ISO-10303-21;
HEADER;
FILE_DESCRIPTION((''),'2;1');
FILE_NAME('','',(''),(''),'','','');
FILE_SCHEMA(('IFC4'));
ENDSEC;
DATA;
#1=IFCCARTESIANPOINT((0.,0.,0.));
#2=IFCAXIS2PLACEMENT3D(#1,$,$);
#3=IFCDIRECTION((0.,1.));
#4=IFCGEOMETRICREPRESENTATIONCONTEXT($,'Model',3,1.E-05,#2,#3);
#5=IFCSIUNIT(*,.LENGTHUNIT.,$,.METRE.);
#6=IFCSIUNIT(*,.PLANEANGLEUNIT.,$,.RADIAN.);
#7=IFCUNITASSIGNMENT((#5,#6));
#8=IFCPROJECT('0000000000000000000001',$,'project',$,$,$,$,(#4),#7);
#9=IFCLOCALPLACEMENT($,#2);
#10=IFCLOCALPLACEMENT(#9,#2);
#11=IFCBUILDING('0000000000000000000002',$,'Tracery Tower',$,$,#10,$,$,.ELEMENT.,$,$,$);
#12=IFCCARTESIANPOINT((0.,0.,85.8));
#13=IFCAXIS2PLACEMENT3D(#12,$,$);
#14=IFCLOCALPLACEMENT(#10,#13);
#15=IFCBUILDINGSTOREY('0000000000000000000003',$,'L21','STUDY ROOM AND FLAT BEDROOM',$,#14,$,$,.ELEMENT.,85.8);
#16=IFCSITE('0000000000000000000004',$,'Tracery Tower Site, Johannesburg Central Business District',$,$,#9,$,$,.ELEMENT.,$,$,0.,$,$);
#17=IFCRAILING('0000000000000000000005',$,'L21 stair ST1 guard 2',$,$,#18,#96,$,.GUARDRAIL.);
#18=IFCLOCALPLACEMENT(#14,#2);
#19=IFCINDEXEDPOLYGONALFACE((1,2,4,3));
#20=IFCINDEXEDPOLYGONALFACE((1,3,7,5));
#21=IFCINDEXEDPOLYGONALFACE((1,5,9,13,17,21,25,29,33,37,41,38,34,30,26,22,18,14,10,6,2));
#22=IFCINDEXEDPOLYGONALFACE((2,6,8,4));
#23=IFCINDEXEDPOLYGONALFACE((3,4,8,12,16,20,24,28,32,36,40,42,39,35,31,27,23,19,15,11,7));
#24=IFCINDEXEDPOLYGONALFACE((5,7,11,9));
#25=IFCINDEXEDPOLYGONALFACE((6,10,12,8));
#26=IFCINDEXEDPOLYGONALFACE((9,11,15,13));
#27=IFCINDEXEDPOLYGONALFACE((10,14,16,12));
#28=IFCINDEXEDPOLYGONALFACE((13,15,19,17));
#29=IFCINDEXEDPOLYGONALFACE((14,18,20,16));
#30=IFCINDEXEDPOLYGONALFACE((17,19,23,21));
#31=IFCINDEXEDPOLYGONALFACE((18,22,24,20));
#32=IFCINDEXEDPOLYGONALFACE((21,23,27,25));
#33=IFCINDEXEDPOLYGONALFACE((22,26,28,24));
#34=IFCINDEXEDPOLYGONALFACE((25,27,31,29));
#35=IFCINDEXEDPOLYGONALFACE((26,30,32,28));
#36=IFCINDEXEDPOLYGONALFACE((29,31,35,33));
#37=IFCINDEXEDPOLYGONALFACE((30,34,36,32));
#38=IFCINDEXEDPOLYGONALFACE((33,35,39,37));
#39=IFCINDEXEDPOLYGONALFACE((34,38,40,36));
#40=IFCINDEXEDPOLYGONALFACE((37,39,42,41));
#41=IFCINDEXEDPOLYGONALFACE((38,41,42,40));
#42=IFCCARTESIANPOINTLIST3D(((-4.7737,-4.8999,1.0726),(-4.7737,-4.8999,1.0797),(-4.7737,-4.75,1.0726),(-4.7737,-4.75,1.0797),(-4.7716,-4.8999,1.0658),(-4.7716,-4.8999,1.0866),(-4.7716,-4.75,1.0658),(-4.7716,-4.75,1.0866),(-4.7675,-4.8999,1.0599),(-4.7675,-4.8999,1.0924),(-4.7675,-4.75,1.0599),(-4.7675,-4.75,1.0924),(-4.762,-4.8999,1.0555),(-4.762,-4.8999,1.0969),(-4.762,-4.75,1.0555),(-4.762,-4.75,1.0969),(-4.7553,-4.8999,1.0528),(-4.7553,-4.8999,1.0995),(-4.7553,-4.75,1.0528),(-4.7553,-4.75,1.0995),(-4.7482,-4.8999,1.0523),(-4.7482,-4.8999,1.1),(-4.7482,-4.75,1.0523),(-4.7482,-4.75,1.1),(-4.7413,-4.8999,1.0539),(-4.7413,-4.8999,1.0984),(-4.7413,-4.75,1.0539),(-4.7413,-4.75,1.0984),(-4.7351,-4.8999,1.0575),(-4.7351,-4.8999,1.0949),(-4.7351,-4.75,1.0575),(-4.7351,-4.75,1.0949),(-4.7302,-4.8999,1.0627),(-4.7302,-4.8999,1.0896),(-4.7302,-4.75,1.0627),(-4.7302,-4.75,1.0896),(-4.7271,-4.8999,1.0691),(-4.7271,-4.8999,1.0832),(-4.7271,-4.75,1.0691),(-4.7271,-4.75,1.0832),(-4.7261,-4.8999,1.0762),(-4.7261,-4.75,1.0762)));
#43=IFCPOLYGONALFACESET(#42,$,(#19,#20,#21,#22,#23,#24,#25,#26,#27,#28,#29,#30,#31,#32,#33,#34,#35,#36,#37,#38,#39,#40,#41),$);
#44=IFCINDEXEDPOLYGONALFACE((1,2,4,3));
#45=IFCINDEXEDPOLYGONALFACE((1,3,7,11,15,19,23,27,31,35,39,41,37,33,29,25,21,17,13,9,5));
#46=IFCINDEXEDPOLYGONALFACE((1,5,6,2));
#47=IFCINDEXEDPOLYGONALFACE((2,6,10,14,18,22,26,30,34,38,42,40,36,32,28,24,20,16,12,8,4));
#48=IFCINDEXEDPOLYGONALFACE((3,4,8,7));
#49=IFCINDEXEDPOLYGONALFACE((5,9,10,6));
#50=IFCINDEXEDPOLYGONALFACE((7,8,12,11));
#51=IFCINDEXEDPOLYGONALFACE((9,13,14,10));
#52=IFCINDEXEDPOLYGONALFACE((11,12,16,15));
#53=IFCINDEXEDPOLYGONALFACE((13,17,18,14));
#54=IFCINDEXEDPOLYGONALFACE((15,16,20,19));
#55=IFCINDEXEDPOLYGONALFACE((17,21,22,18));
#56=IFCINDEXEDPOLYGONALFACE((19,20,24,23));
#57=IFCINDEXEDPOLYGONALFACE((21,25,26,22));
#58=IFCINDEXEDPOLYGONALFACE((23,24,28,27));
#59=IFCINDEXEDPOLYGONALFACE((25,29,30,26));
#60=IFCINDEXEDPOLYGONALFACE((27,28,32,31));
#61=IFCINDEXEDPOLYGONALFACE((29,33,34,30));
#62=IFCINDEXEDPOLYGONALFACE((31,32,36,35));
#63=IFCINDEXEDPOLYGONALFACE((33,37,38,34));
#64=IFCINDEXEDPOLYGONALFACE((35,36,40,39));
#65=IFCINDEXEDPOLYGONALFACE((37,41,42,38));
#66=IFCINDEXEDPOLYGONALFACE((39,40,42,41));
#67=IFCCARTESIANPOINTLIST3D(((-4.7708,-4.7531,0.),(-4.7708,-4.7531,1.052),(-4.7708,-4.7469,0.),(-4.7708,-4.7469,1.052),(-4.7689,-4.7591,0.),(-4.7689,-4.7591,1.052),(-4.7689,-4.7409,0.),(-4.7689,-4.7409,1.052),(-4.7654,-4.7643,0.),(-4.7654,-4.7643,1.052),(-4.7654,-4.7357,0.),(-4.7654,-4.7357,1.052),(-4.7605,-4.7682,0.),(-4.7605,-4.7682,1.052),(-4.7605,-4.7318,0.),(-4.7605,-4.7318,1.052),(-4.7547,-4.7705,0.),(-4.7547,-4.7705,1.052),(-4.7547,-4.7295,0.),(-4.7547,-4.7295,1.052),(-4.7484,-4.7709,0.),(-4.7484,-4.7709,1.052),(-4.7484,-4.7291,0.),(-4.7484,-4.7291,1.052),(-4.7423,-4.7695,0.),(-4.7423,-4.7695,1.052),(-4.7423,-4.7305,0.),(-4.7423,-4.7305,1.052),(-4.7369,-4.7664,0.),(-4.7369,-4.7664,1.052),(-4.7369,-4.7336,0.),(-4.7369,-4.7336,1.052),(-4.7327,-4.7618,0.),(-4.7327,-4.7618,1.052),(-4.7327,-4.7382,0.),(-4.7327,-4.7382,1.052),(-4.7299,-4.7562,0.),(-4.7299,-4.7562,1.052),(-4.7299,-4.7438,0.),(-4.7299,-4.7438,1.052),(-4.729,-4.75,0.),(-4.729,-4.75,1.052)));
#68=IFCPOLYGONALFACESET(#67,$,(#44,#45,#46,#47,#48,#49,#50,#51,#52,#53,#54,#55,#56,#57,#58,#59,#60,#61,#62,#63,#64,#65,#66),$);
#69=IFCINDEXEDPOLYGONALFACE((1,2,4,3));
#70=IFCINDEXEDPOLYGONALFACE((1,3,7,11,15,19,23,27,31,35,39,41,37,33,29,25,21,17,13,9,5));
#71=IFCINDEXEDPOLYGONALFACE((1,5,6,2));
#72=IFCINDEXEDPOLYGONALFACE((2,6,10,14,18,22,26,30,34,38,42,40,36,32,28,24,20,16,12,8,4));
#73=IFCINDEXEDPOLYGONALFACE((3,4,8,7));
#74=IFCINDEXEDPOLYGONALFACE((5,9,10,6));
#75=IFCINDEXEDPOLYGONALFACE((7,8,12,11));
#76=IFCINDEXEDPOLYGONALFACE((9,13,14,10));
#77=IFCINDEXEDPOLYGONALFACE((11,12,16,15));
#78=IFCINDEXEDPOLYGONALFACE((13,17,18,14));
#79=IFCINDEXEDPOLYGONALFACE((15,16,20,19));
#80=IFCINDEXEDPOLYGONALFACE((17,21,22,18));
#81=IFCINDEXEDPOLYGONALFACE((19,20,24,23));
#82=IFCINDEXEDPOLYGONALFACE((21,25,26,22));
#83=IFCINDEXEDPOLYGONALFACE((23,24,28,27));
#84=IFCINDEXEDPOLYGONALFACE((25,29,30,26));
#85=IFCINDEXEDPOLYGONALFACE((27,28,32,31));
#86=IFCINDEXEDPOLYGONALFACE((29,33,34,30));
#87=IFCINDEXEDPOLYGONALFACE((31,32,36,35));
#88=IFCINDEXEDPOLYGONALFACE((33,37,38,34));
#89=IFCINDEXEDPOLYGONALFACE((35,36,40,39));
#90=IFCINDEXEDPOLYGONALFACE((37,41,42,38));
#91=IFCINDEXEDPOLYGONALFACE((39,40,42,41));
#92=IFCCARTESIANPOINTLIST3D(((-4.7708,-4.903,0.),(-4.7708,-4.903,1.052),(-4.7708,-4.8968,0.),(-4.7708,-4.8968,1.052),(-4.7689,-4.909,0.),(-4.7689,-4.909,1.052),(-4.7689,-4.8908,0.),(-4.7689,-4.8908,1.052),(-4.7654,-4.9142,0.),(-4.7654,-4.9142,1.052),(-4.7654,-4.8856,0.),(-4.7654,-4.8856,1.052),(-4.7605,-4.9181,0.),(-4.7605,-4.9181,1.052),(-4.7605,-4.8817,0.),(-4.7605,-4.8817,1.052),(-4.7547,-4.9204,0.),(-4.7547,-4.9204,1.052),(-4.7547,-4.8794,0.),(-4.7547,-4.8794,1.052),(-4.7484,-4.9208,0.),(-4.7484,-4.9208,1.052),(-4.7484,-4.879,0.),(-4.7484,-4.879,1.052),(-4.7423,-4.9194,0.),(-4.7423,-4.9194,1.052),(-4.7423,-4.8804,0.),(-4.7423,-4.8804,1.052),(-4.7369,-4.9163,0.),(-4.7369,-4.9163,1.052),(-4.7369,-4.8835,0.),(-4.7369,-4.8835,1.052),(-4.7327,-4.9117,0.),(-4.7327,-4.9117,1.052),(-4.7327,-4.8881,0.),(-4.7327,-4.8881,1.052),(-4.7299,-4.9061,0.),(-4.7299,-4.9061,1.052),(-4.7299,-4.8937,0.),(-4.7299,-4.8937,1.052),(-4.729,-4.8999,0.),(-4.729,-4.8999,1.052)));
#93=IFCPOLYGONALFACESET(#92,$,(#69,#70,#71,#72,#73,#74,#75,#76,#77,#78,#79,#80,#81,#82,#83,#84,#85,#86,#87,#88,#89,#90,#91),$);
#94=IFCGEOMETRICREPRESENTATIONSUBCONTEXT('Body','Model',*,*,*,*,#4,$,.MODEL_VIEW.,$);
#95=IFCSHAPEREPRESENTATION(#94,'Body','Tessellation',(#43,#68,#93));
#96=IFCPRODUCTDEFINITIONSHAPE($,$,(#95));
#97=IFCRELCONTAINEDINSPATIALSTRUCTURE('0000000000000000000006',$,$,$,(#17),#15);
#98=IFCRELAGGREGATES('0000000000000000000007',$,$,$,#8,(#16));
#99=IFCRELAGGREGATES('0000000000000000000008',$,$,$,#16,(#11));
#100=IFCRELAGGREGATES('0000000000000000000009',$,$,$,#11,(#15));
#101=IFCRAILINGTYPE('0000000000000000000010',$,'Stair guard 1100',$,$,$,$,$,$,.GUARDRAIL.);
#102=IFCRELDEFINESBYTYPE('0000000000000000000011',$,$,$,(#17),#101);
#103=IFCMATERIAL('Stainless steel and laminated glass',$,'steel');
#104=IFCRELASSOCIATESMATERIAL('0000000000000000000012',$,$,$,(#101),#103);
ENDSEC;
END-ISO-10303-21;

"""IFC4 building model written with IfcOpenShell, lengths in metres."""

from ifc_helpers import new_model, si_unit, direction, frame, origin, origin_2d, place, context, subcontext, project, spatial, circle, extrude, material, type_object, element, save


model = new_model("IFC4")

# Units and contexts
model_context = context("Model", 3, precision=1e-05, world=origin(), true_north=direction((0.0, 1.0)))
body_context = subcontext(model_context, "Body", "Model", "MODEL_VIEW")
ifc_project = project(units=[si_unit("LENGTHUNIT", "METRE"), si_unit("PLANEANGLEUNIT", "RADIAN")], contexts=[model_context])

# Site, building, storey
site_placement = place(None, origin())
site = spatial("IfcSite", under=ifc_project, at=site_placement, Name="Tracery Tower Site, Johannesburg Central Business District", CompositionType="ELEMENT", RefElevation=0.0)
building_placement = place(site_placement, origin())
building = spatial("IfcBuilding", under=site, at=building_placement, Name="Tracery Tower", CompositionType="ELEMENT")
storey_placement = place(building_placement, frame((0.0, 0.0, 85.8)))
storey = spatial("IfcBuildingStorey", under=building, at=storey_placement, Name="L21", Description="STUDY ROOM AND FLAT BEDROOM", CompositionType="ELEMENT", Elevation=85.8)

# Railing
ifc_material_1 = material(Name="Stainless steel and laminated glass", Category="steel")
railing_type_1 = type_object("IfcRailingType", Name="Stair guard 1100", PredefinedType="GUARDRAIL", material=ifc_material_1)
railing_1_placement = place(storey_placement, frame((-4.75, -4.75, 0.0)))
element("IfcRailing", 1, at=railing_1_placement, inside=storey, type_object=railing_type_1, Name="L21 stair ST1 guard 2", PredefinedType="GUARDRAIL", context=body_context, shape_type="SweptSolid", body=[
    extrude(circle(Radius=0.0239, at=origin_2d()), frame((0.0, 0.0, 1.0762), z_axis=(0.0, -1.0, 0.0), x_axis=(1.0, 0.0, 0.0)), (0.0, 0.0, 1.0), 0.1499),
    extrude(circle(Radius=0.021, at=origin_2d()), origin(), (0.0, 0.0, 1.0), 1.052),
    extrude(circle(Radius=0.021, at=origin_2d()), frame((0.0, -0.1499, 0.0)), (0.0, 0.0, 1.0), 1.052),
])

save(model, "model.ifc")
